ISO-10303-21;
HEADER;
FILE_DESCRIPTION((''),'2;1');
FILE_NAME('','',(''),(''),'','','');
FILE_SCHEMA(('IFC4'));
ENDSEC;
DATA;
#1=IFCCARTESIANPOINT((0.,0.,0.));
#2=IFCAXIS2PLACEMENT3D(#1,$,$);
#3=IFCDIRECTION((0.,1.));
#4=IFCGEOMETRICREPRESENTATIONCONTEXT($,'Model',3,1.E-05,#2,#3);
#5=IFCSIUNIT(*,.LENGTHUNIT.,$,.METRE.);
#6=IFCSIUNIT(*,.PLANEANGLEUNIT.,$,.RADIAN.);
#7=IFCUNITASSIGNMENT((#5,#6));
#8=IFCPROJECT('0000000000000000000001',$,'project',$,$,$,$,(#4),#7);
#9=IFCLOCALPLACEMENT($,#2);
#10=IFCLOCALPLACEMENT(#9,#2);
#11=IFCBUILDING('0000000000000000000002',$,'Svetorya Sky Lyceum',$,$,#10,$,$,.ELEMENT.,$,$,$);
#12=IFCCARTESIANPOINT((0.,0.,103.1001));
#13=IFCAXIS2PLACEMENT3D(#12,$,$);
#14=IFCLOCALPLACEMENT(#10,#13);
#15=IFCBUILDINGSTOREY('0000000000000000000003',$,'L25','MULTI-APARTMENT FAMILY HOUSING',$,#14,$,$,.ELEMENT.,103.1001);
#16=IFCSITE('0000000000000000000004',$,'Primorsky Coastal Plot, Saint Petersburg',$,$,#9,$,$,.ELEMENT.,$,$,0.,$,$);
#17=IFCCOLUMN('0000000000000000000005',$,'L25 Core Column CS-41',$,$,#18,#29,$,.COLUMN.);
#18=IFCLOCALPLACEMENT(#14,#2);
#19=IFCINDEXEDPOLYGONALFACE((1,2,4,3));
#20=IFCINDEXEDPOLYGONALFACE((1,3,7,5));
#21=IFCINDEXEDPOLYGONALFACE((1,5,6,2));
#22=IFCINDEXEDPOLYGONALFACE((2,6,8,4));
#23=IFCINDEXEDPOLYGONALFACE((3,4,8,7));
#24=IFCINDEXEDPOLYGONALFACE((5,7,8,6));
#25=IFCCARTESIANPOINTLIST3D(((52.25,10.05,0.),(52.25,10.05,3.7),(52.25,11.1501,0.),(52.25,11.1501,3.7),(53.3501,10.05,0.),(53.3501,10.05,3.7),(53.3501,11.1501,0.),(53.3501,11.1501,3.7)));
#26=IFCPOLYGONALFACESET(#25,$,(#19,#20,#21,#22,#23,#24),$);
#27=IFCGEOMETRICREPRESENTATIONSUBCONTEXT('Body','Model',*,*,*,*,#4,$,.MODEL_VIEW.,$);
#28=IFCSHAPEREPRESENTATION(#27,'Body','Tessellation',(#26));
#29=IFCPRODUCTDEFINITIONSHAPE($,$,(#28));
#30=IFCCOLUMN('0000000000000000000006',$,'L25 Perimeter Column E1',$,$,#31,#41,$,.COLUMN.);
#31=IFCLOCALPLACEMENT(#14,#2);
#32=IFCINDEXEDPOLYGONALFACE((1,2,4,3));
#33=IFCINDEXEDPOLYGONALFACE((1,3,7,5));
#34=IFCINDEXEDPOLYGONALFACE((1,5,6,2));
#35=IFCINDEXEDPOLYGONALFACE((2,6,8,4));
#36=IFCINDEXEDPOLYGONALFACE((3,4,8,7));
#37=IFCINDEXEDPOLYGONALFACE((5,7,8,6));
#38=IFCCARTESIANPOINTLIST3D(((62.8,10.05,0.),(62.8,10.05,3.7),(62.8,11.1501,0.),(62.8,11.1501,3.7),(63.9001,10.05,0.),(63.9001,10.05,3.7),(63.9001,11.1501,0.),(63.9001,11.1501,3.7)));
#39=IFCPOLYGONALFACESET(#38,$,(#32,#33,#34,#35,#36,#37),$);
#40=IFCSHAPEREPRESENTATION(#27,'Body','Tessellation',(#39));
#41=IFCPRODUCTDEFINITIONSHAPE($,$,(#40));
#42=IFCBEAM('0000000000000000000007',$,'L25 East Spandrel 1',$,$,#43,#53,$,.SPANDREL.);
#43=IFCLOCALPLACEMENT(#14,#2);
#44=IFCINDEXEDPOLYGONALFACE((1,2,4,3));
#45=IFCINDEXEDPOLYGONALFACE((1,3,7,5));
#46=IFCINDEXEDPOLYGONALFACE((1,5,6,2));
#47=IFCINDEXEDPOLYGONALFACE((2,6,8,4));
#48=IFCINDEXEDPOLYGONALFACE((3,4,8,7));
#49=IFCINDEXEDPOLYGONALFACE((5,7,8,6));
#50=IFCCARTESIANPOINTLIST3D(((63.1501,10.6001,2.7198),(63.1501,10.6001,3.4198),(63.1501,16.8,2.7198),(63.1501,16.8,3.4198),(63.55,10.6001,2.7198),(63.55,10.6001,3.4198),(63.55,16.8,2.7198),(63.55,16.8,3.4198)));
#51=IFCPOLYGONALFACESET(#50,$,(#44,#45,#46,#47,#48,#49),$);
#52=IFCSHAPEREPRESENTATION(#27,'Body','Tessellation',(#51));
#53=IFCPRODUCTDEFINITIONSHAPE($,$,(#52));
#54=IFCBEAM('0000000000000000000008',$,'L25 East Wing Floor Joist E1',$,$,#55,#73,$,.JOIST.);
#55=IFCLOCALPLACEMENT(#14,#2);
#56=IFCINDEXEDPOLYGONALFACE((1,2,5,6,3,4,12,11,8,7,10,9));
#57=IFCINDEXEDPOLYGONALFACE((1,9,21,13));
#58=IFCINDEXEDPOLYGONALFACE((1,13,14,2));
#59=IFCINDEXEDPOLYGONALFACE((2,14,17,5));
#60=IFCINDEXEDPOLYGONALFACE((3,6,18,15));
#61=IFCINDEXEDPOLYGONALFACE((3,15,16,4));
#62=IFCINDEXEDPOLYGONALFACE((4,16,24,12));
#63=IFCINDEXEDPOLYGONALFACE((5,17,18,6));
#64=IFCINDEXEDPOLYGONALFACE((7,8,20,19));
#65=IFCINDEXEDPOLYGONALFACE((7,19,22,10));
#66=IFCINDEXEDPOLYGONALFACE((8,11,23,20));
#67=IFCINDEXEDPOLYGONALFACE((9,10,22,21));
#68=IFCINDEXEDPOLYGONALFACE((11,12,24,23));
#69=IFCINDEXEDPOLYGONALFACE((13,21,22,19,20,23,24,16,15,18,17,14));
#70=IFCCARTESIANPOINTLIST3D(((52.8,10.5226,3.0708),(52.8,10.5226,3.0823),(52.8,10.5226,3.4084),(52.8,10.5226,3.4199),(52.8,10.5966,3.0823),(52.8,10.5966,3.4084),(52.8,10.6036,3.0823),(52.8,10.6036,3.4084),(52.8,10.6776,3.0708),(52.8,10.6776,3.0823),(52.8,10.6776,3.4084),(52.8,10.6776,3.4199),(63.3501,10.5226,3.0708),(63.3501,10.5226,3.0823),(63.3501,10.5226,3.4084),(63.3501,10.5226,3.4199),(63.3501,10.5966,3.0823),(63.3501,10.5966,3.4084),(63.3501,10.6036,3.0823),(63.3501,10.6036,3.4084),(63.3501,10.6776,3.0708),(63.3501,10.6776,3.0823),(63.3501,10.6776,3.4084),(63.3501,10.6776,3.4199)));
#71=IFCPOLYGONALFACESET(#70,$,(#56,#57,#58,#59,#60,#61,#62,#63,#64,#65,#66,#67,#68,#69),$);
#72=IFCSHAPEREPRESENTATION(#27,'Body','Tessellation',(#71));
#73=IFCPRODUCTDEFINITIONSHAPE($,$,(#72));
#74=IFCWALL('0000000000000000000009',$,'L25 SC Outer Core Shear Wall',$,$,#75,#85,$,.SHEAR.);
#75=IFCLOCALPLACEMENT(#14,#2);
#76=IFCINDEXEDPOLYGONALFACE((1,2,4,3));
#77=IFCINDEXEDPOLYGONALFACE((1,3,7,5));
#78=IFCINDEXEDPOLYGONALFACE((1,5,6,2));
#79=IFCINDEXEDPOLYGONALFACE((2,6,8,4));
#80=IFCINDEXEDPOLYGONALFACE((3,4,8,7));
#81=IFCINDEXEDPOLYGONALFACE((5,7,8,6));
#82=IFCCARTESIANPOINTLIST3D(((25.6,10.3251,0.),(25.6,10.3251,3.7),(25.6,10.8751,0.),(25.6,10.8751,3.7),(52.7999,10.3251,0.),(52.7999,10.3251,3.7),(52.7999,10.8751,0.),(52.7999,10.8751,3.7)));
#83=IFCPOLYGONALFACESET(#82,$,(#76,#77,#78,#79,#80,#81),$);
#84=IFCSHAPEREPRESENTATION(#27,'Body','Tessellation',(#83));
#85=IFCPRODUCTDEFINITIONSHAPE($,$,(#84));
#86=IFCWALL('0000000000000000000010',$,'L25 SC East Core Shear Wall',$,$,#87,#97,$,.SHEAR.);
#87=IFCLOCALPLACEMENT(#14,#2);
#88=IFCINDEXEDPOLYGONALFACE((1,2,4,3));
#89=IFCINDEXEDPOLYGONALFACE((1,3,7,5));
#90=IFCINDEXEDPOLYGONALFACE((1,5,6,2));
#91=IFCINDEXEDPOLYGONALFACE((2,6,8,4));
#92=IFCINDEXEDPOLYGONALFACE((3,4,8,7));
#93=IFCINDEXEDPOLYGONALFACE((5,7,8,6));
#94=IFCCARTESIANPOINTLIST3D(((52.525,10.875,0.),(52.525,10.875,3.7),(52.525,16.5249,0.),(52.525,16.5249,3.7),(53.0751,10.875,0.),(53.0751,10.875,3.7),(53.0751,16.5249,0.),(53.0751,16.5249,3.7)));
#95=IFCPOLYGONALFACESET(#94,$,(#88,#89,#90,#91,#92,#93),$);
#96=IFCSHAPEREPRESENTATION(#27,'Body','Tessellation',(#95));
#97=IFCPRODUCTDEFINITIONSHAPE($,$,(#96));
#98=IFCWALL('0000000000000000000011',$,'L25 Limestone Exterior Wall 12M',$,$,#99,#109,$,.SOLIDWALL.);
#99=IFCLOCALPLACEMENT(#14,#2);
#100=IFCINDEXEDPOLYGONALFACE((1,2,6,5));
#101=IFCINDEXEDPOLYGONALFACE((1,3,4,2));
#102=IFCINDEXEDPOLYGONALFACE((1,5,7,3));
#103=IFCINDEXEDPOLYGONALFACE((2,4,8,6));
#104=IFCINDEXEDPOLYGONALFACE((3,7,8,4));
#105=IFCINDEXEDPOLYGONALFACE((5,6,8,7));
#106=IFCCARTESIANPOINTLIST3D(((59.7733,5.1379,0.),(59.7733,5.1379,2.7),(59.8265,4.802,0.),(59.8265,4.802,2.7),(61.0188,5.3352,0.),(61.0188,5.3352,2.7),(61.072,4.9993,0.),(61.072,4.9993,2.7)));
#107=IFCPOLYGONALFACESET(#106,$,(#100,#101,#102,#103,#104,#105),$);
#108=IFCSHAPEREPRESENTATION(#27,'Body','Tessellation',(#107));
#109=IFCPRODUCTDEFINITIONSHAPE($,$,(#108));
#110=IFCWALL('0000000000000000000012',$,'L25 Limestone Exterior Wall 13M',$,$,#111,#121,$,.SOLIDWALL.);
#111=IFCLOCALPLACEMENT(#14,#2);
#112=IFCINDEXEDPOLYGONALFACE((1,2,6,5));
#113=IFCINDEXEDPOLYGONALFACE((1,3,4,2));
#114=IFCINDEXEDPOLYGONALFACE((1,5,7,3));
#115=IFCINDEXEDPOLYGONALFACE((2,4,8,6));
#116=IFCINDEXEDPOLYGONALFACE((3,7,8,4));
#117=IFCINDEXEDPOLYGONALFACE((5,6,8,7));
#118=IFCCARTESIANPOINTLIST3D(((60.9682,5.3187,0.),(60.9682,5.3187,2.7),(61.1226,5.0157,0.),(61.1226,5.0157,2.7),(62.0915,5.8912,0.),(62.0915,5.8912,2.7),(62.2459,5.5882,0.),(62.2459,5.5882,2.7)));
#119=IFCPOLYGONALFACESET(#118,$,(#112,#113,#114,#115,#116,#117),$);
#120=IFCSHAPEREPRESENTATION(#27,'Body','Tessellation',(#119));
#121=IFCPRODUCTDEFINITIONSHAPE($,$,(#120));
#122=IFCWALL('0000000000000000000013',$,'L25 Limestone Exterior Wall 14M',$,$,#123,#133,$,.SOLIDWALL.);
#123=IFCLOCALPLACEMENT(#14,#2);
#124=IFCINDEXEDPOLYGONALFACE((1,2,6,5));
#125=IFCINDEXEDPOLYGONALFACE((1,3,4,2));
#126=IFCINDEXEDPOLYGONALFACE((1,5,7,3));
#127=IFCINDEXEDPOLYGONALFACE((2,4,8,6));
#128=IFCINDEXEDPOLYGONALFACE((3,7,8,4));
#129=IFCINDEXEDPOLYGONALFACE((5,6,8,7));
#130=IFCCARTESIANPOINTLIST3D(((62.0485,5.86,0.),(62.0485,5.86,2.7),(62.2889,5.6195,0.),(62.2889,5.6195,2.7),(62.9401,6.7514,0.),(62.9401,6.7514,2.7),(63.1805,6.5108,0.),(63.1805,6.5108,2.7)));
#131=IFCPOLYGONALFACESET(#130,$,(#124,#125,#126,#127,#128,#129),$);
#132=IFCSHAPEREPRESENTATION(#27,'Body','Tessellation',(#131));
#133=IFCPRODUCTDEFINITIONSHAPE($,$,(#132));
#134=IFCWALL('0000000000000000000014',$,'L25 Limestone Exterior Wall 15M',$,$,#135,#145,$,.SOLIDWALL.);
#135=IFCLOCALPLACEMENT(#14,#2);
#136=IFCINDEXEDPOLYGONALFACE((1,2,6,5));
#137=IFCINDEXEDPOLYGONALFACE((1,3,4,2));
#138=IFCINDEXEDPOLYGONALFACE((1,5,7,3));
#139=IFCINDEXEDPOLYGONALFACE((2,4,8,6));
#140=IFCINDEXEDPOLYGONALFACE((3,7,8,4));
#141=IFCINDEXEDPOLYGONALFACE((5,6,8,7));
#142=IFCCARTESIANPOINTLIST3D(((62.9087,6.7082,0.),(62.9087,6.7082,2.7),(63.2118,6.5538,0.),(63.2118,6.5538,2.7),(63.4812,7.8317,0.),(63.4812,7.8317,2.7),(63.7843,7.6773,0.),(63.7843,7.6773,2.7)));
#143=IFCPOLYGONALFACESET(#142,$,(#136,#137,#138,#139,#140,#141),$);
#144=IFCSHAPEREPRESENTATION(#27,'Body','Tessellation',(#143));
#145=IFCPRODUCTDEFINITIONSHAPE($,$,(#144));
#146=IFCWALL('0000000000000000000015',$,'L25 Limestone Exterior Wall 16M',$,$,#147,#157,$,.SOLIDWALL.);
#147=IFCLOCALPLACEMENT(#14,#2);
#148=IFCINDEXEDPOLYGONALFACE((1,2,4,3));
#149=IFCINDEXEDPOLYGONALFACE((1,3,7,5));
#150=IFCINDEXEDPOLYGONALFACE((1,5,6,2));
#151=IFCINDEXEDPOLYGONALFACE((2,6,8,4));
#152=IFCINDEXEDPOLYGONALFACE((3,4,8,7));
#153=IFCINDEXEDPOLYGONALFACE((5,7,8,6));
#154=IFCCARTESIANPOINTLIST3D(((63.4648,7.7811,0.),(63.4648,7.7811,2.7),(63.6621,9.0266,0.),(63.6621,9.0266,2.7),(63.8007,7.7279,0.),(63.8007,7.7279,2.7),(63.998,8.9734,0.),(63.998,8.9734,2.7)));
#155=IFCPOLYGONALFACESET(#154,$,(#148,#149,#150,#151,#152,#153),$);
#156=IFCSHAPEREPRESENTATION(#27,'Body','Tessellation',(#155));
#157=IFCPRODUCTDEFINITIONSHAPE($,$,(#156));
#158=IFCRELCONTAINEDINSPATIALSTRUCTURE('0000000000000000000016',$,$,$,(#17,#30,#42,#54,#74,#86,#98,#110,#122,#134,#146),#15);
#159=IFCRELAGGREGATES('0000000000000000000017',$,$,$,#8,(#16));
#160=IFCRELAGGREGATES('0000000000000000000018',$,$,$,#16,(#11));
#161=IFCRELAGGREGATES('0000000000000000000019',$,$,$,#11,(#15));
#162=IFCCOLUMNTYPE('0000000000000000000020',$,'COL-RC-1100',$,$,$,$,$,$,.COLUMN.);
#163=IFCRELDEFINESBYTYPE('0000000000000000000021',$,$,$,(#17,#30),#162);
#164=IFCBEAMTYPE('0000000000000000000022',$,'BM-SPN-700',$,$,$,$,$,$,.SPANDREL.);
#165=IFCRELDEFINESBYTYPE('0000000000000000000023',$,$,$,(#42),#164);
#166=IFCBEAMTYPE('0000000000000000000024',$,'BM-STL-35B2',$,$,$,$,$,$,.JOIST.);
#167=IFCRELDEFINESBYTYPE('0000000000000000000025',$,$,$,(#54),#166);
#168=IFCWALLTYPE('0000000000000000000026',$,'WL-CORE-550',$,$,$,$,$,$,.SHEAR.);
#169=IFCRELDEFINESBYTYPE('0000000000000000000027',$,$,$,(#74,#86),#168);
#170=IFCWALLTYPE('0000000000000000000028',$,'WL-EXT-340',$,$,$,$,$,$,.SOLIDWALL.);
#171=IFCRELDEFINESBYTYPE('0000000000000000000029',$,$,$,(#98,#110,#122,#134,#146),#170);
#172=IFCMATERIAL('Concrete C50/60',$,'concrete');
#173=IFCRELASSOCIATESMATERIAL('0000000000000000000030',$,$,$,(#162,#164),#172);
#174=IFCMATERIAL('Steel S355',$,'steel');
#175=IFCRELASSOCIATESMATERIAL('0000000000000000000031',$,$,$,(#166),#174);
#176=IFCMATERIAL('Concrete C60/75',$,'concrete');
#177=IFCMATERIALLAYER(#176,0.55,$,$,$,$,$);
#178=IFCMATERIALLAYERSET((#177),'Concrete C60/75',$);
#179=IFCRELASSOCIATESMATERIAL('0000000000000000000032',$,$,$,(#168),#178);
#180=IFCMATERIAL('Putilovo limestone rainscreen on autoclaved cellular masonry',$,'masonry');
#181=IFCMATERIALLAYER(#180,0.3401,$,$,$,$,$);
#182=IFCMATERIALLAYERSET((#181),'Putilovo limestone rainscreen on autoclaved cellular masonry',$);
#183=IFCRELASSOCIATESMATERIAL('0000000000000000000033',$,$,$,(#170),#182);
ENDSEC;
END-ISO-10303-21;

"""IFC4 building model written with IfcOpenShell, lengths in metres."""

from ifc_helpers import new_model, si_unit, direction, frame, frame_2d, origin, origin_2d, place, context, subcontext, project, spatial, rectangle, i_section, extrude, material, layer, layer_set, material_profile, profile_set, type_object, element, save


model = new_model("IFC4")

# Units and contexts
model_context = context("Model", 3, precision=1e-05, world=origin(), true_north=direction((0.0, 1.0)))
body_context = subcontext(model_context, "Body", "Model", "MODEL_VIEW")
ifc_project = project(units=[si_unit("LENGTHUNIT", "METRE"), si_unit("PLANEANGLEUNIT", "RADIAN")], contexts=[model_context])

# Site, building, storey
site_placement = place(None, origin())
site = spatial("IfcSite", under=ifc_project, at=site_placement, Name="Primorsky Coastal Plot, Saint Petersburg", CompositionType="ELEMENT", RefElevation=0.0)
building_placement = place(site_placement, origin())
building = spatial("IfcBuilding", under=site, at=building_placement, Name="Svetorya Sky Lyceum", CompositionType="ELEMENT")
storey_placement = place(building_placement, frame((0.0, 0.0, 103.1001)))
storey = spatial("IfcBuildingStorey", under=building, at=storey_placement, Name="L25", Description="MULTI-APARTMENT FAMILY HOUSING", CompositionType="ELEMENT", Elevation=103.1001)

# Columns
ifc_material_1 = material(Name="Concrete C50/60", Category="concrete")
ifc_material_profile_1 = material_profile(ifc_material_1, rectangle(XDim=1.1001, YDim=1.1001, at=origin_2d()), Name="RC COL 1100x1100")
ifc_profile_set_1 = profile_set([ifc_material_profile_1], Name="Concrete C50/60")
column_type = type_object("IfcColumnType", Name="COL-RC-1100", PredefinedType="COLUMN", material=ifc_profile_set_1)
for number, where, z_axis, x_axis, name in (
    (1, (52.8, 10.6001, 0.0), (0.0, 0.0, 1.0), (1.0, 0.0, 0.0), "L25 Core Column CS-41"),
    (2, (63.3501, 10.6001, 0.0), (0.0, 0.0, 1.0), (1.0, 0.0, 0.0), "L25 Perimeter Column E1"),
):
    element("IfcColumn", number, at=place(storey_placement, frame(where, z_axis=z_axis, x_axis=x_axis)), inside=storey, type_object=column_type, Name=name, PredefinedType="COLUMN", context=body_context, shape_type="SweptSolid", body=[
        extrude(rectangle(XDim=1.1001, YDim=1.1001, at=origin_2d()), origin(), (0.0, 0.0, 1.0), 3.7),
    ])

# Beams
ifc_material_profile_2 = material_profile(ifc_material_1, rectangle(XDim=0.3999, YDim=0.7, at=origin_2d()), Name="RC SPANDREL 400x700")
ifc_profile_set_2 = profile_set([ifc_material_profile_2], Name="Concrete C50/60")
beam_type_1 = type_object("IfcBeamType", Name="BM-SPN-700", PredefinedType="SPANDREL", material=ifc_profile_set_2)
beam_1_placement = place(storey_placement, frame((63.3501, 10.6001, 3.0698), z_axis=(0.0, 1.0, 0.0), x_axis=(-1.0, 0.0, 0.0)))
element("IfcBeam", 3, at=beam_1_placement, inside=storey, type_object=beam_type_1, Name="L25 East Spandrel 1", PredefinedType="SPANDREL", context=body_context, shape_type="SweptSolid", body=[
    extrude(rectangle(XDim=0.3999, YDim=0.7, at=origin_2d()), origin(), (0.0, 0.0, 1.0), 6.2),
])
ifc_material_2 = material(Name="Steel S355", Category="steel")
ifc_material_profile_3 = material_profile(ifc_material_2, i_section(OverallWidth=0.155, OverallDepth=0.3491, WebThickness=0.0071, FlangeThickness=0.0115, at=origin_2d()), Name="GOST 35B2")
ifc_profile_set_3 = profile_set([ifc_material_profile_3], Name="Steel S355")
beam_type_2 = type_object("IfcBeamType", Name="BM-STL-35B2", PredefinedType="JOIST", material=ifc_profile_set_3)
beam_2_placement = place(storey_placement, frame((52.8, 10.6001, 3.2454), z_axis=(1.0, 0.0, 0.0), x_axis=(0.0, 1.0, 0.0)))
element("IfcBeam", 4, at=beam_2_placement, inside=storey, type_object=beam_type_2, Name="L25 East Wing Floor Joist E1", PredefinedType="JOIST", context=body_context, shape_type="SweptSolid", body=[
    extrude(i_section(OverallWidth=0.155, OverallDepth=0.3491, WebThickness=0.0071, FlangeThickness=0.0115, at=origin_2d()), origin(), (0.0, 0.0, 1.0), 10.55),
])

# Walls
ifc_material_3 = material(Name="Concrete C60/75", Category="concrete")
ifc_layer_1 = layer(ifc_material_3, 0.55)
ifc_layer_set_1 = layer_set([ifc_layer_1], Name="Concrete C60/75")
wall_type_1 = type_object("IfcWallType", Name="WL-CORE-550", PredefinedType="SHEAR", material=ifc_layer_set_1)
wall_1_placement = place(storey_placement, frame((52.8, 10.6001, 0.0), z_axis=(0.0, 0.0, 1.0), x_axis=(-1.0, 0.0, 0.0)))
element("IfcWall", 5, at=wall_1_placement, inside=storey, type_object=wall_type_1, Name="L25 SC Outer Core Shear Wall", PredefinedType="SHEAR", context=body_context, shape_type="SweptSolid", body=[
    extrude(rectangle(XDim=27.2, YDim=0.55, at=frame_2d((13.6001, 0.0))), origin(), (0.0, 0.0, 1.0), 3.7),
])
wall_2_placement = place(storey_placement, frame((52.8, 10.875, 0.0), z_axis=(0.0, 0.0, 1.0), x_axis=(0.0, 1.0, 0.0)))
element("IfcWall", 6, at=wall_2_placement, inside=storey, type_object=wall_type_1, Name="L25 SC East Core Shear Wall", PredefinedType="SHEAR", context=body_context, shape_type="SweptSolid", body=[
    extrude(rectangle(XDim=5.6499, YDim=0.55, at=frame_2d((2.825, 0.0))), origin(), (0.0, 0.0, 1.0), 3.7),
])
ifc_material_4 = material(Name="Putilovo limestone rainscreen on autoclaved cellular masonry", Category="masonry")
ifc_layer_2 = layer(ifc_material_4, 0.3401)
ifc_layer_set_2 = layer_set([ifc_layer_2], Name="Putilovo limestone rainscreen on autoclaved cellular masonry")
wall_type_2 = type_object("IfcWallType", Name="WL-EXT-340", PredefinedType="SOLIDWALL", material=ifc_layer_set_2)
wall_3_placement = place(storey_placement, frame((59.8, 4.97, 0.0), z_axis=(0.0, 0.0, 1.0), x_axis=(0.987686, 0.15645, 0.0)))
element("IfcWall", 7, at=wall_3_placement, inside=storey, type_object=wall_type_2, Name="L25 Limestone Exterior Wall 12M", PredefinedType="SOLIDWALL", context=body_context, shape_type="SweptSolid", body=[
    extrude(rectangle(XDim=1.261, YDim=0.3401, at=frame_2d((0.6304, 0.0))), origin(), (0.0, 0.0, 1.0), 2.7),
])
for number, where, z_axis, x_axis, name in (
    (8, (61.0454, 5.1672, 0.0), (0.0, 0.0, 1.0), (0.890954, 0.454094, 0.0), "L25 Limestone Exterior Wall 13M"),
    (9, (62.1687, 5.7397, 0.0), (0.0, 0.0, 1.0), (0.707204, 0.70701, 0.0), "L25 Limestone Exterior Wall 14M"),
):
    element("IfcWall", number, at=place(storey_placement, frame(where, z_axis=z_axis, x_axis=x_axis)), inside=storey, type_object=wall_type_2, Name=name, PredefinedType="SOLIDWALL", context=body_context, shape_type="SweptSolid", body=[
        extrude(rectangle(XDim=1.2607, YDim=0.3401, at=frame_2d((0.6304, 0.0))), origin(), (0.0, 0.0, 1.0), 2.7),
    ])
for number, where, z_axis, x_axis, name in (
    (10, (63.0603, 6.6311, 0.0), (0.0, 0.0, 1.0), (0.454016, 0.890994, 0.0), "L25 Limestone Exterior Wall 15M"),
    (11, (63.6328, 7.7546, 0.0), (0.0, 0.0, 1.0), (0.15645, 0.987686, 0.0), "L25 Limestone Exterior Wall 16M"),
):
    element("IfcWall", number, at=place(storey_placement, frame(where, z_axis=z_axis, x_axis=x_axis)), inside=storey, type_object=wall_type_2, Name=name, PredefinedType="SOLIDWALL", context=body_context, shape_type="SweptSolid", body=[
        extrude(rectangle(XDim=1.261, YDim=0.3401, at=frame_2d((0.6304, 0.0))), origin(), (0.0, 0.0, 1.0), 2.7),
    ])

save(model, "model.ifc")
